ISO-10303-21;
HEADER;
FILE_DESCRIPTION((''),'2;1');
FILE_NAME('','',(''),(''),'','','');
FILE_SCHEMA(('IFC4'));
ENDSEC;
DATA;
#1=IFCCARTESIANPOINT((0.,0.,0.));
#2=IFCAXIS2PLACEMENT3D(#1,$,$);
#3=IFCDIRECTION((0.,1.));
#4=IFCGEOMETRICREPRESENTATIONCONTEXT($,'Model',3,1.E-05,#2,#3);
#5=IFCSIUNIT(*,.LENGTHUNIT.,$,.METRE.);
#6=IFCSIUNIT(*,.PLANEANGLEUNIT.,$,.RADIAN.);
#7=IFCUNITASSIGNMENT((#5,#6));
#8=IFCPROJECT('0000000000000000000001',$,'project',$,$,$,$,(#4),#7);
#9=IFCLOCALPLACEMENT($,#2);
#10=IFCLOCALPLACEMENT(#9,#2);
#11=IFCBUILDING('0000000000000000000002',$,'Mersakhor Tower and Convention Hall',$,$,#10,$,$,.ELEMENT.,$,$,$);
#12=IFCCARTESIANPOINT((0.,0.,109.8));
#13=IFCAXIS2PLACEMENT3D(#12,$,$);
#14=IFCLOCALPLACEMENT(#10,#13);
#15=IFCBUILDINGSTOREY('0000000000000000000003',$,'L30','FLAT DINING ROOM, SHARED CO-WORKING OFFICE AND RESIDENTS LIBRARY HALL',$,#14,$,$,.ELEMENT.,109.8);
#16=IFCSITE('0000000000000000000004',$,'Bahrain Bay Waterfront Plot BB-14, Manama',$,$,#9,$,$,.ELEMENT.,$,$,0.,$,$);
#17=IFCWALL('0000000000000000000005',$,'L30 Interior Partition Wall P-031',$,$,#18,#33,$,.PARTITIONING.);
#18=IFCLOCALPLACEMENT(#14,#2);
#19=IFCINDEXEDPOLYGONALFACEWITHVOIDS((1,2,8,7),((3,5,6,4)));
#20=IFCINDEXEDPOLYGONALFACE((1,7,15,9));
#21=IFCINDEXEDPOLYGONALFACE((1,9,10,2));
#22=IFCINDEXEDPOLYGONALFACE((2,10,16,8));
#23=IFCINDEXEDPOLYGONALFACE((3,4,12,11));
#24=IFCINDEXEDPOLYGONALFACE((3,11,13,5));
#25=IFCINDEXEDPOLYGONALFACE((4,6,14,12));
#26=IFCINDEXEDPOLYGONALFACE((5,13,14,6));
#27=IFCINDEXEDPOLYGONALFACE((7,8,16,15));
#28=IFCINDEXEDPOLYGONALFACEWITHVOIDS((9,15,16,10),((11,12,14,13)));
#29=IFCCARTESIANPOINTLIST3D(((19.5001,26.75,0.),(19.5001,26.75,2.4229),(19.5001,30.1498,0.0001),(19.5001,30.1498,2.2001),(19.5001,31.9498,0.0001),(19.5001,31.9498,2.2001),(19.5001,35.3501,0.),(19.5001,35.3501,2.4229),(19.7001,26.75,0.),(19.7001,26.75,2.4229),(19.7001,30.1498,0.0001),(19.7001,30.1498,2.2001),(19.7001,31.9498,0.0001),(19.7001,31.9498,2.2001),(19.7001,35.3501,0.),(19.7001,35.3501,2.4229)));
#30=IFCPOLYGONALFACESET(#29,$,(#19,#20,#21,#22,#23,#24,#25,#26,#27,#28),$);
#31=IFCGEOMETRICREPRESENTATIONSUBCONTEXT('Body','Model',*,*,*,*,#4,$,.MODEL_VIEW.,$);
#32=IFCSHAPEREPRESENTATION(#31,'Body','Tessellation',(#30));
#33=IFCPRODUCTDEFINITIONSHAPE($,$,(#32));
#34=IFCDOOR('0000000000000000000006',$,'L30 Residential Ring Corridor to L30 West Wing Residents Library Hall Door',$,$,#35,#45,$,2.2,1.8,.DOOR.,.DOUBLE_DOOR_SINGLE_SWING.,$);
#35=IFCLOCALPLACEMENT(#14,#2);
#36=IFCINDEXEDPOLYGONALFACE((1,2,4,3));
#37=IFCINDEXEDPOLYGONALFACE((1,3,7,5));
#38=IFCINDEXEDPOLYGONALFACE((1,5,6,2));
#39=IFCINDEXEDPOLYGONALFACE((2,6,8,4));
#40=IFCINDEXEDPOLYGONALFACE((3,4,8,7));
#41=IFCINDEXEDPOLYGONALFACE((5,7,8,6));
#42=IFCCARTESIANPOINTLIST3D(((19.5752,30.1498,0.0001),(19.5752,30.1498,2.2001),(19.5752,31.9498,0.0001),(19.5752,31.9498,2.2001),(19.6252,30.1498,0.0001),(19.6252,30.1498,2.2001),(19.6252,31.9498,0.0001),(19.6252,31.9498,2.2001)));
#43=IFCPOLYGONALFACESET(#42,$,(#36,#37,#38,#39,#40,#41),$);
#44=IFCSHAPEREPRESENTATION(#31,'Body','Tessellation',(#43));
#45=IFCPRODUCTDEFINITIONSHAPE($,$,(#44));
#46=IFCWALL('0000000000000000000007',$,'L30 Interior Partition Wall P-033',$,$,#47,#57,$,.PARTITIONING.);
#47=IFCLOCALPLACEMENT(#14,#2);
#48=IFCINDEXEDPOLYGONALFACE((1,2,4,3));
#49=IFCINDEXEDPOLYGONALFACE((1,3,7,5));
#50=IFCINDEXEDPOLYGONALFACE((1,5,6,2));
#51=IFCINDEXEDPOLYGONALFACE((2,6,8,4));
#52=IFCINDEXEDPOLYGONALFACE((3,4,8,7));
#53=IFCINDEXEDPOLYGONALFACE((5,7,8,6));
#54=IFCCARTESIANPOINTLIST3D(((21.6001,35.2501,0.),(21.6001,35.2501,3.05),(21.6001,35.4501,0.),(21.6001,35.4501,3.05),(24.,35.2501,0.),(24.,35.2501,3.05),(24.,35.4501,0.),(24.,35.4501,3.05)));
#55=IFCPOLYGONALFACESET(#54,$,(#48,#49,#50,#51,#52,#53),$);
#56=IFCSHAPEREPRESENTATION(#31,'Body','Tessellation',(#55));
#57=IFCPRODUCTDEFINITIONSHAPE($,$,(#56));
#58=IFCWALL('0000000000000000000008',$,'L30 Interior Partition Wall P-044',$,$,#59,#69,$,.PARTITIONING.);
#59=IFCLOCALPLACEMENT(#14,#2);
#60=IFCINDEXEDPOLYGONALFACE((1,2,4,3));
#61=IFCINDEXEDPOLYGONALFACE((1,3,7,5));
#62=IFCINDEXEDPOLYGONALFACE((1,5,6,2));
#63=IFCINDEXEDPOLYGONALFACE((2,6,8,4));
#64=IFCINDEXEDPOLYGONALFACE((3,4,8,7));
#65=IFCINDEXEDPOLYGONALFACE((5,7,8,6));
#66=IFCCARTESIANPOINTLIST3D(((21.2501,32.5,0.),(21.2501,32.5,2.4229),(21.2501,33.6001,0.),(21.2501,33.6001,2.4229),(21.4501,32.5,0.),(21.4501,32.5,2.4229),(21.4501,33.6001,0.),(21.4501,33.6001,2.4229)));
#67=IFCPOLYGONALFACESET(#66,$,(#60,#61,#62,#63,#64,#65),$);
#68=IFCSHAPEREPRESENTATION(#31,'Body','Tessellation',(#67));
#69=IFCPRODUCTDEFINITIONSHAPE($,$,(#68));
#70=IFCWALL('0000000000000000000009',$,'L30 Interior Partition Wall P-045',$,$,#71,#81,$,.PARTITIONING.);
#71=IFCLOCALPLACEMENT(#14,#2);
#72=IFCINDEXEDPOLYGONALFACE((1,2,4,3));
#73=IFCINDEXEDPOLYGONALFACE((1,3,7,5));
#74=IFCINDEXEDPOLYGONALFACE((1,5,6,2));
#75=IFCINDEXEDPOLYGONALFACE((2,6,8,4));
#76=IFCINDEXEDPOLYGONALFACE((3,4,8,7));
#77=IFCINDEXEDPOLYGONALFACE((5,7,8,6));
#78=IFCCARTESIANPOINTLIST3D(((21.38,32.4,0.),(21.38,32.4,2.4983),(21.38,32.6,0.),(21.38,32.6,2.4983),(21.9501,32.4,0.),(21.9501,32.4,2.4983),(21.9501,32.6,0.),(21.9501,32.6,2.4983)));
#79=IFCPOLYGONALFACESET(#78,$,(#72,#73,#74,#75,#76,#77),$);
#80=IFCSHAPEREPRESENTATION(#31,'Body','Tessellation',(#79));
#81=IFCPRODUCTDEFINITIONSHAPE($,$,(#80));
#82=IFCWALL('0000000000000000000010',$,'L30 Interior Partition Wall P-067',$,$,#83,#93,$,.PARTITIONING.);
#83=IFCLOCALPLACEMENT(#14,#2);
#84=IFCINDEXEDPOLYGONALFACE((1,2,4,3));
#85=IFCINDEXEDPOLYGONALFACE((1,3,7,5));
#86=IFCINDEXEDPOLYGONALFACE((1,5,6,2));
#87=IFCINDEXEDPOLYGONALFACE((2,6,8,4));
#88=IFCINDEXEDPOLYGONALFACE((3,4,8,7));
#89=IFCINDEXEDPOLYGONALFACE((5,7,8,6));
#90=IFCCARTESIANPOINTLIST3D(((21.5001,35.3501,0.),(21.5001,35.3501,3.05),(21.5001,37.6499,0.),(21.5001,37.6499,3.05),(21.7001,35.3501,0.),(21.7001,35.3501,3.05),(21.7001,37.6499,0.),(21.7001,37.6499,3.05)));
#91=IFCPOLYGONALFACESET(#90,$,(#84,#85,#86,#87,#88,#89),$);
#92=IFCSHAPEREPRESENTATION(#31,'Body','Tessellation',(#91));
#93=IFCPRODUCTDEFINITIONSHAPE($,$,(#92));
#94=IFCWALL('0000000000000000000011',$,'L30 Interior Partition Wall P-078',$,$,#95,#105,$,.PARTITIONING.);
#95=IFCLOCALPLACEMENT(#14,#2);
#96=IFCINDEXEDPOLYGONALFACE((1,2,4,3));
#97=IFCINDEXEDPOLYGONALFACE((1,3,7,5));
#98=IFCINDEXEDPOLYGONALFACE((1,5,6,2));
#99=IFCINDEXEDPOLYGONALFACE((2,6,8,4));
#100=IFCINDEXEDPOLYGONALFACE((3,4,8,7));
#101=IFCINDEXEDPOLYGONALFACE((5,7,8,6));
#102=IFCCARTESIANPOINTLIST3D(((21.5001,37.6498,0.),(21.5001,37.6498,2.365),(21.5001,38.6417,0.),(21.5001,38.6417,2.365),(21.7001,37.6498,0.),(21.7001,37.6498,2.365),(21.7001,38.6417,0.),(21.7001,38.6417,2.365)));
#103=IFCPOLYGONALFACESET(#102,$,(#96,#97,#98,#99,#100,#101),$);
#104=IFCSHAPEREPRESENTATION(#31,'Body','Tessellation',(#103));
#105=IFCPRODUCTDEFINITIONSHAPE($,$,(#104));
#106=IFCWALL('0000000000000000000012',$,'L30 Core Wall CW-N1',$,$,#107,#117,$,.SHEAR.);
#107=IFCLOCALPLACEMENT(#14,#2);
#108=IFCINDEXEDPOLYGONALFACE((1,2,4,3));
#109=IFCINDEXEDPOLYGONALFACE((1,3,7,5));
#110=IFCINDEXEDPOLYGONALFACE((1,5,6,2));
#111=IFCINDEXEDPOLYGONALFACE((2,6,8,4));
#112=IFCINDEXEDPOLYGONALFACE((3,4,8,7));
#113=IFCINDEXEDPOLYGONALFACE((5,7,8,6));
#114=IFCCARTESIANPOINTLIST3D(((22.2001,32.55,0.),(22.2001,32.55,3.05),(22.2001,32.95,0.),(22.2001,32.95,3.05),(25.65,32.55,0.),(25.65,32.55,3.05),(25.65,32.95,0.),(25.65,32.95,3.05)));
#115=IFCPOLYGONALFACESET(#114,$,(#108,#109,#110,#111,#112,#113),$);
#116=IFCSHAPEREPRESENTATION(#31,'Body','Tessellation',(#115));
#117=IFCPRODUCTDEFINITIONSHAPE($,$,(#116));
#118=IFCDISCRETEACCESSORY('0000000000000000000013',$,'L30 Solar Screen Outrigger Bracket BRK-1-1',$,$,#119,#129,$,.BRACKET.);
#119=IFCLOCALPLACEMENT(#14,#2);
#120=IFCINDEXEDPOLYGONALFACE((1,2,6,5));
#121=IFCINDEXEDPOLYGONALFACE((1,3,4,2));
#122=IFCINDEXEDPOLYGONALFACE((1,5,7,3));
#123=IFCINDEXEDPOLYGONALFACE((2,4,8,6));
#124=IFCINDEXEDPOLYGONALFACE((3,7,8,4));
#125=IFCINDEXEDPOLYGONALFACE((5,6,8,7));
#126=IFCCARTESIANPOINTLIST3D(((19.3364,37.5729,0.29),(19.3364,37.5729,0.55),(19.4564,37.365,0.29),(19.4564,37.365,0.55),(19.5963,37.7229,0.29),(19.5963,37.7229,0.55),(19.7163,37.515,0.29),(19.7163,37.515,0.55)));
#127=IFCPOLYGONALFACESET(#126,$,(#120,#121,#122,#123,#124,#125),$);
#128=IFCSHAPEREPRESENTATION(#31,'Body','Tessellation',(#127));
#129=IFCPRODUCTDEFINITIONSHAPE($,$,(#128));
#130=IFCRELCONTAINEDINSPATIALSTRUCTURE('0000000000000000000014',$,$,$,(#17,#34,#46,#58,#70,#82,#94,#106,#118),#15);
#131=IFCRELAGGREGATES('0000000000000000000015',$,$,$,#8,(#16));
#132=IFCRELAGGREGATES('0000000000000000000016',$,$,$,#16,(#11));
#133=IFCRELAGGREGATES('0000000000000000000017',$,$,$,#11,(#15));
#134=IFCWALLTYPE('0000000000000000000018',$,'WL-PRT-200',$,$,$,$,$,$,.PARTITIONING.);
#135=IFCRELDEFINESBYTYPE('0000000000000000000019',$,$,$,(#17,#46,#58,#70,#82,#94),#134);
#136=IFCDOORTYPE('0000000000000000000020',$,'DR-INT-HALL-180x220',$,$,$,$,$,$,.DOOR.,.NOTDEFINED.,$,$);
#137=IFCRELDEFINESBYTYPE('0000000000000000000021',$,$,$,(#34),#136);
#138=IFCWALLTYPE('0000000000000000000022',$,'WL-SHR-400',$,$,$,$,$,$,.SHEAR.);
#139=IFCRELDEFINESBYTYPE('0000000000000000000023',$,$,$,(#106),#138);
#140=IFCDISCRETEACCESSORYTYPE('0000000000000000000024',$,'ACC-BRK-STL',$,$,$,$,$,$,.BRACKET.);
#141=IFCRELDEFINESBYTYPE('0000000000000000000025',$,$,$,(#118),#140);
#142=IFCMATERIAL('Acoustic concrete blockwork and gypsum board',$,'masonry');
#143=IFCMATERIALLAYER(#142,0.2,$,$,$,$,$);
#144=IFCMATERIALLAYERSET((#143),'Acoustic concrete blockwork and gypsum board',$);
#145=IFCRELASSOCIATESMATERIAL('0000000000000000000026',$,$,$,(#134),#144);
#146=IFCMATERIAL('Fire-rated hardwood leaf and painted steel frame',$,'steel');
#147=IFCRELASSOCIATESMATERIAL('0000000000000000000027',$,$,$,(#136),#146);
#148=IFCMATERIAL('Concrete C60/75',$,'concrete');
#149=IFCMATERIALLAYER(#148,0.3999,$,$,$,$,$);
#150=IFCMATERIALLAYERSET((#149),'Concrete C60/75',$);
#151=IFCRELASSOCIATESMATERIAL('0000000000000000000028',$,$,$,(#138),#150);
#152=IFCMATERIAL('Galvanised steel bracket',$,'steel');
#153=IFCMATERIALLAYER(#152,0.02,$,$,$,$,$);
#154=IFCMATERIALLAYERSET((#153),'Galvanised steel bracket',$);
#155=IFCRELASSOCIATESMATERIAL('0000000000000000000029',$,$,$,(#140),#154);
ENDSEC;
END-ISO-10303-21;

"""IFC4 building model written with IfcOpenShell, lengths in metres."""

from ifc_helpers import new_model, si_unit, direction, frame, frame_2d, origin, origin_2d, place, context, subcontext, project, spatial, rectangle, extrude, material, layer, layer_set, type_object, element, fill, save


model = new_model("IFC4")

# Units and contexts
model_context = context("Model", 3, precision=1e-05, world=origin(), true_north=direction((0.0, 1.0)))
body_context = subcontext(model_context, "Body", "Model", "MODEL_VIEW")
ifc_project = project(units=[si_unit("LENGTHUNIT", "METRE"), si_unit("PLANEANGLEUNIT", "RADIAN")], contexts=[model_context])

# Site, building, storey
site_placement = place(None, origin())
site = spatial("IfcSite", under=ifc_project, at=site_placement, Name="Bahrain Bay Waterfront Plot BB-14, Manama", CompositionType="ELEMENT", RefElevation=0.0)
building_placement = place(site_placement, origin())
building = spatial("IfcBuilding", under=site, at=building_placement, Name="Mersakhor Tower and Convention Hall", CompositionType="ELEMENT")
storey_placement = place(building_placement, frame((0.0, 0.0, 109.8)))
storey = spatial("IfcBuildingStorey", under=building, at=storey_placement, Name="L30", Description="FLAT DINING ROOM, SHARED CO-WORKING OFFICE AND RESIDENTS LIBRARY HALL", CompositionType="ELEMENT", Elevation=109.8)

# Wall, opening, door
ifc_material_1 = material(Name="Acoustic concrete blockwork and gypsum board", Category="masonry")
ifc_layer_1 = layer(ifc_material_1, 0.2)
ifc_layer_set_1 = layer_set([ifc_layer_1], Name="Acoustic concrete blockwork and gypsum board")
wall_type_1 = type_object("IfcWallType", Name="WL-PRT-200", PredefinedType="PARTITIONING", material=ifc_layer_set_1)
wall_1_placement = place(storey_placement, frame((19.6001, 26.75, 0.0), z_axis=(0.0, 0.0, 1.0), x_axis=(0.0, 1.0, 0.0)))
wall_1 = element("IfcWall", 1, at=wall_1_placement, inside=storey, type_object=wall_type_1, Name="L30 Interior Partition Wall P-031", PredefinedType="PARTITIONING", context=body_context, shape_type="SweptSolid", body=[
    extrude(rectangle(XDim=8.6001, YDim=0.2, at=frame_2d((4.3, 0.0))), origin(), (0.0, 0.0, 1.0), 2.4229),
])
opening_1_placement = place(wall_1_placement, frame((3.3999, 0.0, 0.0)))
opening_1 = element("IfcOpeningElement", 2, at=opening_1_placement, cuts=wall_1, PredefinedType="OPENING", context=body_context, shape_type="SweptSolid", body=[
    extrude(rectangle(XDim=1.8, YDim=2.2, at=frame_2d((0.8999, 1.1001))), frame((0.0, 0.1099, 0.0), z_axis=(0.0, -1.0, 0.0), x_axis=(1.0, 0.0, 0.0)), (0.0, 0.0, 1.0), 0.22),
])
ifc_material_2 = material(Name="Fire-rated hardwood leaf and painted steel frame", Category="steel")
door_type_1 = type_object("IfcDoorType", Name="DR-INT-HALL-180x220", OperationType="NOTDEFINED", PredefinedType="DOOR", material=ifc_material_2)
door_1_placement = place(opening_1_placement, origin())
door_1 = element("IfcDoor", 3, at=door_1_placement, inside=storey, type_object=door_type_1, Name="L30 Residential Ring Corridor to L30 West Wing Residents Library Hall Door", OperationType="DOUBLE_DOOR_SINGLE_SWING", OverallHeight=2.2, OverallWidth=1.8, PredefinedType="DOOR", context=body_context, shape_type="SweptSolid", body=[
    extrude(rectangle(XDim=1.8, YDim=2.2, at=frame_2d((0.8999, 1.1001))), frame((0.0, 0.0249, 0.0), z_axis=(0.0, -1.0, 0.0), x_axis=(1.0, 0.0, 0.0)), (0.0, 0.0, 1.0), 0.05),
])
fill(opening_1, door_1)

# Walls
wall_2_placement = place(storey_placement, frame((21.6001, 35.3501, 0.0), z_axis=(0.0, 0.0, 1.0), x_axis=(1.0, 0.0, 0.0)))
element("IfcWall", 4, at=wall_2_placement, inside=storey, type_object=wall_type_1, Name="L30 Interior Partition Wall P-033", PredefinedType="PARTITIONING", context=body_context, shape_type="SweptSolid", body=[
    extrude(rectangle(XDim=2.3999, YDim=0.2, at=frame_2d((1.2, 0.0))), origin(), (0.0, 0.0, 1.0), 3.05),
])
wall_3_placement = place(storey_placement, frame((21.3501, 33.6001, 0.0), z_axis=(0.0, 0.0, 1.0), x_axis=(0.0, -1.0, 0.0)))
element("IfcWall", 5, at=wall_3_placement, inside=storey, type_object=wall_type_1, Name="L30 Interior Partition Wall P-044", PredefinedType="PARTITIONING", context=body_context, shape_type="SweptSolid", body=[
    extrude(rectangle(XDim=1.1001, YDim=0.2, at=frame_2d((0.55, 0.0))), origin(), (0.0, 0.0, 1.0), 2.4229),
])
wall_4_placement = place(storey_placement, frame((21.3799, 32.5, 0.0), z_axis=(0.0, 0.0, 1.0), x_axis=(1.0, 0.0, 0.0)))
element("IfcWall", 6, at=wall_4_placement, inside=storey, type_object=wall_type_1, Name="L30 Interior Partition Wall P-045", PredefinedType="PARTITIONING", context=body_context, shape_type="SweptSolid", body=[
    extrude(rectangle(XDim=0.5701, YDim=0.2, at=frame_2d((0.2852, 0.0))), origin(), (0.0, 0.0, 1.0), 2.4983),
])
wall_5_placement = place(storey_placement, frame((21.6001, 35.3501, 0.0), z_axis=(0.0, 0.0, 1.0), x_axis=(0.0, 1.0, 0.0)))
element("IfcWall", 7, at=wall_5_placement, inside=storey, type_object=wall_type_1, Name="L30 Interior Partition Wall P-067", PredefinedType="PARTITIONING", context=body_context, shape_type="SweptSolid", body=[
    extrude(rectangle(XDim=2.2998, YDim=0.2, at=frame_2d((1.1499, 0.0))), origin(), (0.0, 0.0, 1.0), 3.05),
])
wall_6_placement = place(storey_placement, frame((21.6001, 38.6418, 0.0), z_axis=(0.0, 0.0, 1.0), x_axis=(0.0, -1.0, 0.0)))
element("IfcWall", 8, at=wall_6_placement, inside=storey, type_object=wall_type_1, Name="L30 Interior Partition Wall P-078", PredefinedType="PARTITIONING", context=body_context, shape_type="SweptSolid", body=[
    extrude(rectangle(XDim=0.9919, YDim=0.2, at=frame_2d((0.4961, 0.0))), origin(), (0.0, 0.0, 1.0), 2.365),
])
ifc_material_3 = material(Name="Concrete C60/75", Category="concrete")
ifc_layer_2 = layer(ifc_material_3, 0.3999)
ifc_layer_set_2 = layer_set([ifc_layer_2], Name="Concrete C60/75")
wall_type_2 = type_object("IfcWallType", Name="WL-SHR-400", PredefinedType="SHEAR", material=ifc_layer_set_2)
wall_7_placement = place(storey_placement, frame((22.2, 32.75, 0.0), z_axis=(0.0, 0.0, 1.0), x_axis=(1.0, 0.0, 0.0)))
element("IfcWall", 9, at=wall_7_placement, inside=storey, type_object=wall_type_2, Name="L30 Core Wall CW-N1", PredefinedType="SHEAR", context=body_context, shape_type="SweptSolid", body=[
    extrude(rectangle(XDim=3.45, YDim=0.3999, at=frame_2d((1.7251, 0.0))), origin(), (0.0, 0.0, 1.0), 3.05),
])

# Discrete accessory
ifc_material_4 = material(Name="Galvanised steel bracket", Category="steel")
ifc_layer_3 = layer(ifc_material_4, 0.02)
ifc_layer_set_3 = layer_set([ifc_layer_3], Name="Galvanised steel bracket")
discrete_accessory_type = type_object("IfcDiscreteAccessoryType", Name="ACC-BRK-STL", PredefinedType="BRACKET", material=ifc_layer_set_3)
discrete_accessory_placement = place(storey_placement, frame((19.5264, 37.5439, 0.29), z_axis=(0.0, 0.0, 1.0), x_axis=(0.866025, 0.5, 0.0)))
element("IfcDiscreteAccessory", 10, at=discrete_accessory_placement, inside=storey, type_object=discrete_accessory_type, Name="L30 Solar Screen Outrigger Bracket BRK-1-1", PredefinedType="BRACKET", context=body_context, shape_type="SweptSolid", body=[
    extrude(rectangle(XDim=0.3, YDim=0.24, at=origin_2d()), origin(), (0.0, 0.0, 1.0), 0.26),
])

save(model, "model.ifc")
